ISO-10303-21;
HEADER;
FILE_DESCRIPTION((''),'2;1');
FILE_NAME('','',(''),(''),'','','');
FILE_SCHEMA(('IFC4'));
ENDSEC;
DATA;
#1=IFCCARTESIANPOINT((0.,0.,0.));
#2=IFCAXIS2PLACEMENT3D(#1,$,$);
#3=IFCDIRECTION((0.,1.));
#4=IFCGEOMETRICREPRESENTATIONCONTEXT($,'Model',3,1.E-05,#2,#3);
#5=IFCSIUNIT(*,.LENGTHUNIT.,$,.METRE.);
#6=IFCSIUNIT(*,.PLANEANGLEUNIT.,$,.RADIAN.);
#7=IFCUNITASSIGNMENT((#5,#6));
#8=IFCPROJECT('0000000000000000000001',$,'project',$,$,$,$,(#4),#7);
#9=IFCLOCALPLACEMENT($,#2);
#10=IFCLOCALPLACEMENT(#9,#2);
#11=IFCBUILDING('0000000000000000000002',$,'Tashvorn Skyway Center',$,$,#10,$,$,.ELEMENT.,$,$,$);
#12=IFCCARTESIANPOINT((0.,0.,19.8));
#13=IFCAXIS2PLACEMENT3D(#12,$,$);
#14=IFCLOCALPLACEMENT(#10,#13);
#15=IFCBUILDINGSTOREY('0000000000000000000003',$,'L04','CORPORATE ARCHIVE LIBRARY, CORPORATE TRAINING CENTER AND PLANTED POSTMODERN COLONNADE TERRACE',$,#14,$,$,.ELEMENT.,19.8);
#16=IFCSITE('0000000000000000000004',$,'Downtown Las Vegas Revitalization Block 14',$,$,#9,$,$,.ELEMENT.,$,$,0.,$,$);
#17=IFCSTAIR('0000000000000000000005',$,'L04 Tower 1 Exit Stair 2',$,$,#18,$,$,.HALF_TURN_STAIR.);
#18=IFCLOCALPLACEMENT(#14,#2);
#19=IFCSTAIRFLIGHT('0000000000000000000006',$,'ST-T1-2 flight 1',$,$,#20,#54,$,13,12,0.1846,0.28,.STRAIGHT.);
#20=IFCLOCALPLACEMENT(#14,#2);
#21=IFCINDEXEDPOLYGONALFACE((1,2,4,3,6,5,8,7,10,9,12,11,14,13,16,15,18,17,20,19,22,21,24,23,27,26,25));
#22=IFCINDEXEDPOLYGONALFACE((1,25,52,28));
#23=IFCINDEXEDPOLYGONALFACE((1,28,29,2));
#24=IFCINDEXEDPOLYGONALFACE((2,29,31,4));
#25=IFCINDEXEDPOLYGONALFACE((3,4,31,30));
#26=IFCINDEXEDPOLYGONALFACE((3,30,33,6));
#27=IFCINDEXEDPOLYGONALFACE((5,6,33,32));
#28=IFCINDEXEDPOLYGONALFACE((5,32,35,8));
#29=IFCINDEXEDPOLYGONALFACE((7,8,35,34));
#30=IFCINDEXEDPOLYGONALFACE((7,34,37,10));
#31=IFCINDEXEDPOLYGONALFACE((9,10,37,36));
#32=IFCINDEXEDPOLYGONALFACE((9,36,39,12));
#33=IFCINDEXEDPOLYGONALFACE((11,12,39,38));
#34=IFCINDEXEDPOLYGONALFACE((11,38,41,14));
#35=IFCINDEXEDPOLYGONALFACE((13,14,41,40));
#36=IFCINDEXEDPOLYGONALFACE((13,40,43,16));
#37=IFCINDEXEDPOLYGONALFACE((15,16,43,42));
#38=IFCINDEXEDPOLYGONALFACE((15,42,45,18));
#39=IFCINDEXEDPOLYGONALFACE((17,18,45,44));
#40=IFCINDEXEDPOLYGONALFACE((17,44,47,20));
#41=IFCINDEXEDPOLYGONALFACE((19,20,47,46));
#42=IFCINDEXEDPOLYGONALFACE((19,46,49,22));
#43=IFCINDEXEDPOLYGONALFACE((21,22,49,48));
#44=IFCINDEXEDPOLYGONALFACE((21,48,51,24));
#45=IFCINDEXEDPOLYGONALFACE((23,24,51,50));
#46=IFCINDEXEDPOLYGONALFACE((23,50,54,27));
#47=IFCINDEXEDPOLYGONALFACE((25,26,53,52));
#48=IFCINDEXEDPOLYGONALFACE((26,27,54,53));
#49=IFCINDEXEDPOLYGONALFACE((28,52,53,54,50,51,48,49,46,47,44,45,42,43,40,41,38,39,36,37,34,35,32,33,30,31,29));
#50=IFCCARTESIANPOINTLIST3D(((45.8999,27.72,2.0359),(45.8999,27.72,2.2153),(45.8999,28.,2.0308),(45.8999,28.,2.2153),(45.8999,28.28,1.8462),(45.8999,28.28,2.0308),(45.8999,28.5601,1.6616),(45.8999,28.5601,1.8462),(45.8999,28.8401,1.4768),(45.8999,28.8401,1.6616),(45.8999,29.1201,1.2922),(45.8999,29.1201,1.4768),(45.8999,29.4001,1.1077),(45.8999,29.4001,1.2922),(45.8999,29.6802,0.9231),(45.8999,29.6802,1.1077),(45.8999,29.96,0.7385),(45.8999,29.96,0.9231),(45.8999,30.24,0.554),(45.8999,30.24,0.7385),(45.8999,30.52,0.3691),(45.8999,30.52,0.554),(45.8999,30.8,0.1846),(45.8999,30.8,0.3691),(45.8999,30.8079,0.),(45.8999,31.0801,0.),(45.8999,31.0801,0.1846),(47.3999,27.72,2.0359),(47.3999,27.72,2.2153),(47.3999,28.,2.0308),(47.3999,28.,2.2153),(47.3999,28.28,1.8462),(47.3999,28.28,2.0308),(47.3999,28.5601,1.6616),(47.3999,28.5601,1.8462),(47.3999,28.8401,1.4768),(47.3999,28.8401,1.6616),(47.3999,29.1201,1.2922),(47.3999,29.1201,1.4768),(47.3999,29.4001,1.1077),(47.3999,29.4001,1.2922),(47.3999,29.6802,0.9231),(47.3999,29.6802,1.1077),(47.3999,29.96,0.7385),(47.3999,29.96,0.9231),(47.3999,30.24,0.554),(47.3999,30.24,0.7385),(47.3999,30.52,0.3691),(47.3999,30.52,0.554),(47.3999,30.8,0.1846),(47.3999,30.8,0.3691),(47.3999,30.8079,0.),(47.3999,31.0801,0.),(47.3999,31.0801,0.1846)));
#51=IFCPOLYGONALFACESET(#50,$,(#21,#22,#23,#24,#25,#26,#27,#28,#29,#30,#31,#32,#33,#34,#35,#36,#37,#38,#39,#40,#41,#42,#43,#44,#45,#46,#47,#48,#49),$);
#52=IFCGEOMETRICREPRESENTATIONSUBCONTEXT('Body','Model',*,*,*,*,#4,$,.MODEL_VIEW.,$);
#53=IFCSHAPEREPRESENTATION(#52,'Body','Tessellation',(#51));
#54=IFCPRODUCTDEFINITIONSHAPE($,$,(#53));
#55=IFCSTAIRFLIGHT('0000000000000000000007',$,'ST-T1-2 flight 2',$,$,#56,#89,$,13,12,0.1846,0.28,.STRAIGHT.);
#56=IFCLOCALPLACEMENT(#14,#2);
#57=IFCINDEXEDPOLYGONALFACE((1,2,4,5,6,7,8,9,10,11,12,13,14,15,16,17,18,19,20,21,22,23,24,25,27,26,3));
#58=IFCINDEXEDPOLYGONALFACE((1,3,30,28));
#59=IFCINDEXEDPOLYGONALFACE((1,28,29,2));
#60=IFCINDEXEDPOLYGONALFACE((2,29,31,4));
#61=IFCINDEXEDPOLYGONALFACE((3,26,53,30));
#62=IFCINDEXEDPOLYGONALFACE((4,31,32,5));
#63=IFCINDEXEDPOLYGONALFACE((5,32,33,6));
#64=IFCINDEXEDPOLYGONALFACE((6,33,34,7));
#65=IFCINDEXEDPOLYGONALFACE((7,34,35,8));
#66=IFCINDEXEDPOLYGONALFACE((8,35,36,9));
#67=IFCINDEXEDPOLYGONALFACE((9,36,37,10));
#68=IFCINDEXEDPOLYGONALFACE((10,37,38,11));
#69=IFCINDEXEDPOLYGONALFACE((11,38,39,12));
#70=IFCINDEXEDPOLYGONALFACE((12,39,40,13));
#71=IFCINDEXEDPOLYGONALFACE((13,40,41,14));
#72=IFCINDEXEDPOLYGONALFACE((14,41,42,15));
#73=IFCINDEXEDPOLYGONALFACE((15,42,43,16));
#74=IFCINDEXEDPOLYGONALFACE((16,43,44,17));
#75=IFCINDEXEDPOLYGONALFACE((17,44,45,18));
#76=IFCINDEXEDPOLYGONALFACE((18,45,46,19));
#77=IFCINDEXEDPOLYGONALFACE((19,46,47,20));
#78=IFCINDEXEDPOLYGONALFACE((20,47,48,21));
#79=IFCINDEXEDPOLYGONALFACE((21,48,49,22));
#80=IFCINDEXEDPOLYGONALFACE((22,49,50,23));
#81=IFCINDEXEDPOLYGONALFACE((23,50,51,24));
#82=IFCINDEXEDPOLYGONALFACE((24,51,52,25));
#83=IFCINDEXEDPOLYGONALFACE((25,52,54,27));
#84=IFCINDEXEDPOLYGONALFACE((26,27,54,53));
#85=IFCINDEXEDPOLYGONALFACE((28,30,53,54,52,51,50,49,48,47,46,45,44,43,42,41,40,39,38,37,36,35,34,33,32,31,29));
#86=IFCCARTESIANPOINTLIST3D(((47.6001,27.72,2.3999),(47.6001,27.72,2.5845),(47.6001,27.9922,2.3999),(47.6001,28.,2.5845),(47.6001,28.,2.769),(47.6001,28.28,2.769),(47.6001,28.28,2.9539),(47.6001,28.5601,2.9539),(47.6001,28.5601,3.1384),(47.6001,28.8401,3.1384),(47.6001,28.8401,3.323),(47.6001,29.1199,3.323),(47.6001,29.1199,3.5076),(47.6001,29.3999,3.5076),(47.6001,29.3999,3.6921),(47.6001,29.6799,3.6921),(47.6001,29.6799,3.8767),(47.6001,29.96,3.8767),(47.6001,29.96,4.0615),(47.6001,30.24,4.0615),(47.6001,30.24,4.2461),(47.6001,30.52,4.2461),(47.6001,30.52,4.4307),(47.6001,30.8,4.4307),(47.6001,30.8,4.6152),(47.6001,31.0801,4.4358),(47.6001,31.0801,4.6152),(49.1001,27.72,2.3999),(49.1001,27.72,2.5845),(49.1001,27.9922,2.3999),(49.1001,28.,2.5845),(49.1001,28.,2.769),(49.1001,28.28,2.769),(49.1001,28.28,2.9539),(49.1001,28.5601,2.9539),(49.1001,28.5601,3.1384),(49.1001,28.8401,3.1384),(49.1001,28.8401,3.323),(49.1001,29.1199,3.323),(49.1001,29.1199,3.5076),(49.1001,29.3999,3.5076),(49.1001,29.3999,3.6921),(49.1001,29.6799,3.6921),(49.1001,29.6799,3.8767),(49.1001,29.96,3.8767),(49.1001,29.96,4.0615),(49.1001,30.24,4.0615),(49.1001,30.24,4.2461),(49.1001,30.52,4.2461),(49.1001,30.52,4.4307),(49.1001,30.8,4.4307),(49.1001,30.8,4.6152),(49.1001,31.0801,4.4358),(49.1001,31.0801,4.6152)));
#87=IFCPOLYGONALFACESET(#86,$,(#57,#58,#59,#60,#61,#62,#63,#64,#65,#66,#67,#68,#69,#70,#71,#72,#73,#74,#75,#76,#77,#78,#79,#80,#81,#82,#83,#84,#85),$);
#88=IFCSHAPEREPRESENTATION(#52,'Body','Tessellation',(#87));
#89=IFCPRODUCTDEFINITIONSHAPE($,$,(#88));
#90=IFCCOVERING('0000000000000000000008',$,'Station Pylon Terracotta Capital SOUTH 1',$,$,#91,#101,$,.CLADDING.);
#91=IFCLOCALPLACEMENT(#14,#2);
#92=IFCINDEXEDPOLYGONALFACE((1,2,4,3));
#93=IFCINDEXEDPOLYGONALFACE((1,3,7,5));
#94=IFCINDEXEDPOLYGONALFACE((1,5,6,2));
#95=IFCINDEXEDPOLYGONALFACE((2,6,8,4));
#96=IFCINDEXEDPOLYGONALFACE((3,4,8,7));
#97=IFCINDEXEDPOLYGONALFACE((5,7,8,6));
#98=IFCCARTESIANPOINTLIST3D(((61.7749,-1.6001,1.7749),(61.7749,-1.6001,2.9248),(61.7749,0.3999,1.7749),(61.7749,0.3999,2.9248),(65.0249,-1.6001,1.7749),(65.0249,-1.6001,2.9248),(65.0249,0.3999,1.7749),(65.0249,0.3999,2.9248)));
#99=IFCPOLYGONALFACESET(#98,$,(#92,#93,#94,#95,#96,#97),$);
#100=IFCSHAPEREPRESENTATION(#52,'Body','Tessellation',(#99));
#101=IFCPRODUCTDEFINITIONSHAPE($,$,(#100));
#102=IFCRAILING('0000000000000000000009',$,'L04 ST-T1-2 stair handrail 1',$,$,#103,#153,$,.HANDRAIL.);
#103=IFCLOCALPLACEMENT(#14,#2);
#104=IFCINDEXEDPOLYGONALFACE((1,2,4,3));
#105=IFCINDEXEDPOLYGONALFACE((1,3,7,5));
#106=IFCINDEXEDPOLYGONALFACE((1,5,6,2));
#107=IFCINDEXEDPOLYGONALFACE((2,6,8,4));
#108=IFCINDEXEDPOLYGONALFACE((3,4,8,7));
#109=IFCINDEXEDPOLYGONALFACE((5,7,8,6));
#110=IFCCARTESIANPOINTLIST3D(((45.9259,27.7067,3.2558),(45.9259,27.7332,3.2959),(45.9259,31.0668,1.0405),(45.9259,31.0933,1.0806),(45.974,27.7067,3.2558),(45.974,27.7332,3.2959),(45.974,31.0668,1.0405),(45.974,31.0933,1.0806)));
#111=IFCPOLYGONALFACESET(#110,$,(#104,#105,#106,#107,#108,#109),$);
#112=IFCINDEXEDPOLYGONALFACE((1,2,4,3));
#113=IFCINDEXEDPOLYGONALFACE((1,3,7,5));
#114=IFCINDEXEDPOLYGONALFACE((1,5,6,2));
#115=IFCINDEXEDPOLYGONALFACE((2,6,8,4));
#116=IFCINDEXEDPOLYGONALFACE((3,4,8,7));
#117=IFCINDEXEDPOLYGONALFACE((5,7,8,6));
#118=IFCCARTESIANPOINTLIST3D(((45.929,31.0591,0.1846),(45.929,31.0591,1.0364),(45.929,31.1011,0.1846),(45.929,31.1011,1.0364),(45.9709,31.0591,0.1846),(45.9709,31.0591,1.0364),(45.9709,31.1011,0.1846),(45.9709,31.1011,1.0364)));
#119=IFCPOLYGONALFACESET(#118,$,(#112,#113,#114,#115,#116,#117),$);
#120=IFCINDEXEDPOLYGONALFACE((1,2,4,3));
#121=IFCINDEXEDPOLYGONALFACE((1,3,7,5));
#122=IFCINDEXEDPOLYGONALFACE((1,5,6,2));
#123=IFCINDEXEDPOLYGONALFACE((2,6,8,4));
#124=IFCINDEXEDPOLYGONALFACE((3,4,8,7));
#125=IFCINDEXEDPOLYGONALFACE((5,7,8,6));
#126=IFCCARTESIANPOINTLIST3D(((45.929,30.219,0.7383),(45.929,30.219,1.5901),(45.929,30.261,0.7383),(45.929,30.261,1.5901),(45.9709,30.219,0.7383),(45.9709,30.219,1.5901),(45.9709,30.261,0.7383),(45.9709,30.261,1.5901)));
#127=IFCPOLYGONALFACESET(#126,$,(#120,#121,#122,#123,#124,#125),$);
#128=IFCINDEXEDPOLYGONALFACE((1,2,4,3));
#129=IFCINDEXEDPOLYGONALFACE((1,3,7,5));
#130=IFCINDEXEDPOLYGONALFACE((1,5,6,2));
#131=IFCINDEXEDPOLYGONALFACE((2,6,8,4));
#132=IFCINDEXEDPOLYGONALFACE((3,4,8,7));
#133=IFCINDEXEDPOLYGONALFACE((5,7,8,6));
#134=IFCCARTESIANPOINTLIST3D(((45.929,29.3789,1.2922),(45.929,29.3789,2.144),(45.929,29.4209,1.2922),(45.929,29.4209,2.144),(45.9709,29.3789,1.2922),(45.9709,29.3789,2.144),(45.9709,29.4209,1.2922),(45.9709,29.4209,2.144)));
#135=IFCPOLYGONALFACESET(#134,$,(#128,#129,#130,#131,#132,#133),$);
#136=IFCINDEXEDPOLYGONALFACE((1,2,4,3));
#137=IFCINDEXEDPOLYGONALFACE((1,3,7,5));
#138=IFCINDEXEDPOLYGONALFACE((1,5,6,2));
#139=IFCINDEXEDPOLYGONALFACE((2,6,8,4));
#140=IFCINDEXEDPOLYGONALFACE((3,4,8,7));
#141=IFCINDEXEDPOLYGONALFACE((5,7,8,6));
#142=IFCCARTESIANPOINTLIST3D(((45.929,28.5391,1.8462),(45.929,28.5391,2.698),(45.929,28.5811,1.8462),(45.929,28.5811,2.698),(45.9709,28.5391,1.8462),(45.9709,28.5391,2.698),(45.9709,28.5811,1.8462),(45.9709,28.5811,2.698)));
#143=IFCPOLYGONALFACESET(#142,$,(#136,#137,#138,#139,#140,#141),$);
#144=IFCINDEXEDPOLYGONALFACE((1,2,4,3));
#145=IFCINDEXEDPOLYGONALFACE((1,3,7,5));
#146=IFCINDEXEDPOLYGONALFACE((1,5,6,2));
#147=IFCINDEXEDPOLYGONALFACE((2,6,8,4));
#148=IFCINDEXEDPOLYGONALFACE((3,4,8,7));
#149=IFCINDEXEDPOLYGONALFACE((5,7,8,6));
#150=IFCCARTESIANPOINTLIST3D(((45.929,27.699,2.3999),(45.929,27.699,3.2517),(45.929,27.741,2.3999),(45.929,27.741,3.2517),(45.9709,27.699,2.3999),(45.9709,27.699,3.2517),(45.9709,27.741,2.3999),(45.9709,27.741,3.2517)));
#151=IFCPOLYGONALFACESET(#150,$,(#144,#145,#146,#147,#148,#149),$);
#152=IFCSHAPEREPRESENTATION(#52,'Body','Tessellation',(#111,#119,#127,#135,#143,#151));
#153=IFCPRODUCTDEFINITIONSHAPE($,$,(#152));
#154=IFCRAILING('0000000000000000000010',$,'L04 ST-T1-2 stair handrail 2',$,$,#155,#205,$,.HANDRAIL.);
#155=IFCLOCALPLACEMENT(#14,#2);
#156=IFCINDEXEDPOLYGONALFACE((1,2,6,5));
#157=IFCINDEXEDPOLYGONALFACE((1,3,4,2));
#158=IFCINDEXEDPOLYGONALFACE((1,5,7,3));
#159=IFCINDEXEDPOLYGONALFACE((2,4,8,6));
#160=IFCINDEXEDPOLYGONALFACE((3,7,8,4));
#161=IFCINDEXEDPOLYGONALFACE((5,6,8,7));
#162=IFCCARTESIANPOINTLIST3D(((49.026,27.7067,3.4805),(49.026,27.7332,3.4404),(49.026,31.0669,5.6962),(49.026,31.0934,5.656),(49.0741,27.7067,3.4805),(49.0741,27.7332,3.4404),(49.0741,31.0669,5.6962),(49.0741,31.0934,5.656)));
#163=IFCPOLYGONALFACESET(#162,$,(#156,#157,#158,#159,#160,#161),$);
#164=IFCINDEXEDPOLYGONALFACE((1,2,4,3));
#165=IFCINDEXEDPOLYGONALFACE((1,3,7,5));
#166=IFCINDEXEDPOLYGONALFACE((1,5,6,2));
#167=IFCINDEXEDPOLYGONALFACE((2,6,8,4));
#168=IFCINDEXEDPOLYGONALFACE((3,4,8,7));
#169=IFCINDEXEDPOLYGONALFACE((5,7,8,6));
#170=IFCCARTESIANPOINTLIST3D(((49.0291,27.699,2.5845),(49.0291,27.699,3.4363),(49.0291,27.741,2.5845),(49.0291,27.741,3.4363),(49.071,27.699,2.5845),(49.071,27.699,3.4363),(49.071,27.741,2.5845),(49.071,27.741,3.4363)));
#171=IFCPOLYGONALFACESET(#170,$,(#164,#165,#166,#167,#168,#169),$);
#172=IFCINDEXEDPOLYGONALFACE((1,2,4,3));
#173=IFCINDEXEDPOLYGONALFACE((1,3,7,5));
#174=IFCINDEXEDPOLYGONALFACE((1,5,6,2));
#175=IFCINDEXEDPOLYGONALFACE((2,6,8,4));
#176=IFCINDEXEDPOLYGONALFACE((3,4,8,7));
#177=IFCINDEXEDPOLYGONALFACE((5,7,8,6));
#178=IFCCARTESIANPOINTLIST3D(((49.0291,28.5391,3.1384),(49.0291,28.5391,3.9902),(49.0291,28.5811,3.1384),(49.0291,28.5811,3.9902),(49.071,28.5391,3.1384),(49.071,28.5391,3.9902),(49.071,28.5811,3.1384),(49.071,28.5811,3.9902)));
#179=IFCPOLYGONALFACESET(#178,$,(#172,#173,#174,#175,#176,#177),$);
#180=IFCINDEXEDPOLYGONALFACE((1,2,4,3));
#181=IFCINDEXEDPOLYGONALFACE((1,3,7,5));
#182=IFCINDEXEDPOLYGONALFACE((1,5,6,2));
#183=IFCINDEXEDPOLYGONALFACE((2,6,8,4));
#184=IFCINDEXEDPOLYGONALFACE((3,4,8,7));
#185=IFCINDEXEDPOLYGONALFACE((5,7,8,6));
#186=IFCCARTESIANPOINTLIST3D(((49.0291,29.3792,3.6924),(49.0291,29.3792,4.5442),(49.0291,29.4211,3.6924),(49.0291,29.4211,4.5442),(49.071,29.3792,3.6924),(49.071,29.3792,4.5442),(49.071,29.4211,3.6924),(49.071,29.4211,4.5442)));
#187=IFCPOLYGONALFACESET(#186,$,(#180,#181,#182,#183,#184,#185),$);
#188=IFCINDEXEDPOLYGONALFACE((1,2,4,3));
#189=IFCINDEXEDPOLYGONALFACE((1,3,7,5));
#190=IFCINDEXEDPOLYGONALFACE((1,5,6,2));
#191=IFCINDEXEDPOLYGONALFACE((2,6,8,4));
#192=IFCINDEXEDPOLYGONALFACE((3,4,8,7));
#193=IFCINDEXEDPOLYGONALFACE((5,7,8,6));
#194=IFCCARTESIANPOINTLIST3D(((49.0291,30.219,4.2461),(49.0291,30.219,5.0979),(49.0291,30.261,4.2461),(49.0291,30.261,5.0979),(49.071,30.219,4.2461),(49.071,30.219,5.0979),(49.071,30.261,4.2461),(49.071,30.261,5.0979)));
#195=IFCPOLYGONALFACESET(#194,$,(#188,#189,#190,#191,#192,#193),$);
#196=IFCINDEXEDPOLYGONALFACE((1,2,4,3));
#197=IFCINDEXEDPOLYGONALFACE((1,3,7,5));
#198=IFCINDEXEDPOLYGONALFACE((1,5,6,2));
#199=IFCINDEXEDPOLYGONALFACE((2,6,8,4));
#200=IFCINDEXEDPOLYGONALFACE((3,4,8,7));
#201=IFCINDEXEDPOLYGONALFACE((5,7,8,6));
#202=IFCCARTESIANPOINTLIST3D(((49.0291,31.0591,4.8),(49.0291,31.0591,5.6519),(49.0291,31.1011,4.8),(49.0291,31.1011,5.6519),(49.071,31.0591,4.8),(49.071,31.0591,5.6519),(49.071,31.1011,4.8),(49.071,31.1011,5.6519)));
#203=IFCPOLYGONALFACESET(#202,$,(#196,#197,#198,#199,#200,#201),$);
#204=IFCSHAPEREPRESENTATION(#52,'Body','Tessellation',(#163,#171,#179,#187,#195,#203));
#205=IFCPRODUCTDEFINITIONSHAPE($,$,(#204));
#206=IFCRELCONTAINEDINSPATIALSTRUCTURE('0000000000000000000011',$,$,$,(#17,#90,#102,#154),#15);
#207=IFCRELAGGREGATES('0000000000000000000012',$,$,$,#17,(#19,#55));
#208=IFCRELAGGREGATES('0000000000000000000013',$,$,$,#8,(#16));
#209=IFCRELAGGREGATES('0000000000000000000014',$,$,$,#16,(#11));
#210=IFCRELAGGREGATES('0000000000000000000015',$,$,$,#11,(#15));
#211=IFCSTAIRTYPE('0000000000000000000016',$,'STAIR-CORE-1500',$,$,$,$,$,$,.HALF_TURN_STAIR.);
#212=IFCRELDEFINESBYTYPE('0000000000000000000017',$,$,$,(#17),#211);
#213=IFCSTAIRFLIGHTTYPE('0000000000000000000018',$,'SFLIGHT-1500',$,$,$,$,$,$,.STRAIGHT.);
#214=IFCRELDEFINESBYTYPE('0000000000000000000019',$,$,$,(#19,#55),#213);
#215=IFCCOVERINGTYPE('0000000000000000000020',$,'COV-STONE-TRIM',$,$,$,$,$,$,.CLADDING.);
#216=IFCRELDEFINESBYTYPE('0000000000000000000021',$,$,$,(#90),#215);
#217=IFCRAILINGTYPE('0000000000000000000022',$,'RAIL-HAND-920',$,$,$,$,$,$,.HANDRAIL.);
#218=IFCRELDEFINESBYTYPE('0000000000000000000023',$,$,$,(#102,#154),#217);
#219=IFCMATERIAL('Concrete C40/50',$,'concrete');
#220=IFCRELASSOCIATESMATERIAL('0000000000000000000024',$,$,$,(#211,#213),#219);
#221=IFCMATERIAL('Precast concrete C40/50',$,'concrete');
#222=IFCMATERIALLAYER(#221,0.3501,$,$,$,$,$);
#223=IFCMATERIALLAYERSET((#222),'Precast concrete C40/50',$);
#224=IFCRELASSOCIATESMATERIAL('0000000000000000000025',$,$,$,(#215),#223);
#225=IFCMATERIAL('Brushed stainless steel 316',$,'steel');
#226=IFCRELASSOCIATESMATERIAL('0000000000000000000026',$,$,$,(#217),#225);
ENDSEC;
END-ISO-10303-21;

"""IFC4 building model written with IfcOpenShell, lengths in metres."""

from ifc_helpers import new_model, si_unit, direction, frame, origin, origin_2d, place, context, subcontext, project, spatial, polyline, rectangle, outline, extrude, material, layer, layer_set, type_object, element, aggregate, save


model = new_model("IFC4")

# Units and contexts
model_context = context("Model", 3, precision=1e-05, world=origin(), true_north=direction((0.0, 1.0)))
body_context = subcontext(model_context, "Body", "Model", "MODEL_VIEW")
ifc_project = project(units=[si_unit("LENGTHUNIT", "METRE"), si_unit("PLANEANGLEUNIT", "RADIAN")], contexts=[model_context])

# Site, building, storey
site_placement = place(None, origin())
site = spatial("IfcSite", under=ifc_project, at=site_placement, Name="Downtown Las Vegas Revitalization Block 14", CompositionType="ELEMENT", RefElevation=0.0)
building_placement = place(site_placement, origin())
building = spatial("IfcBuilding", under=site, at=building_placement, Name="Tashvorn Skyway Center", CompositionType="ELEMENT")
storey_placement = place(building_placement, frame((0.0, 0.0, 19.8)))
storey = spatial("IfcBuildingStorey", under=building, at=storey_placement, Name="L04", Description="CORPORATE ARCHIVE LIBRARY, CORPORATE TRAINING CENTER AND PLANTED POSTMODERN COLONNADE TERRACE", CompositionType="ELEMENT", Elevation=19.8)

# Shared definitions
ifc_material_1 = material(Name="Concrete C40/50", Category="concrete")

# Stair, stair flights
stair_type = type_object("IfcStairType", Name="STAIR-CORE-1500", PredefinedType="HALF_TURN_STAIR", material=ifc_material_1)
stair_placement = place(storey_placement, origin())
stair = element("IfcStair", 1, at=stair_placement, inside=storey, type_object=stair_type, Name="L04 Tower 1 Exit Stair 2", PredefinedType="HALF_TURN_STAIR")
stair_flight_type = type_object("IfcStairFlightType", Name="SFLIGHT-1500", PredefinedType="STRAIGHT", material=ifc_material_1)
stair_flight_1_placement = place(storey_placement, frame((46.6499, 31.0801, 0.0), z_axis=(0.0, 0.0, 1.0), x_axis=(0.0, -1.0, 0.0)))
stair_flight_1 = element("IfcStairFlight", 2, at=stair_flight_1_placement, type_object=stair_flight_type, Name="ST-T1-2 flight 1", NumberOfRisers=13, NumberOfTreads=12, PredefinedType="STRAIGHT", RiserHeight=0.1846, TreadLength=0.28, context=body_context, shape_type="SweptSolid", body=[
    extrude(outline(polyline([(0.0, 0.0), (0.0, 0.1846), (0.28, 0.1846), (0.28, 0.3691), (0.5601, 0.3691), (0.5601, 0.554), (0.8401, 0.554), (0.8401, 0.7385), (1.1201, 0.7385), (1.1201, 0.9231), (1.3999, 0.9231), (1.3999, 1.1077), (1.6799, 1.1077), (1.6799, 1.2922), (1.96, 1.2922), (1.96, 1.4768), (2.24, 1.4768), (2.24, 1.6616), (2.52, 1.6616), (2.52, 1.8462), (2.8, 1.8462), (2.8, 2.0308), (3.0801, 2.0308), (3.0801, 2.2153), (3.3601, 2.2153), (3.3601, 2.3999), (3.3601, 2.0359), (0.2722, 0.0), (0.0, 0.0)])), frame((0.0, 0.75, 0.0), z_axis=(0.0, -1.0, 0.0), x_axis=(1.0, 0.0, 0.0)), (0.0, 0.0, 1.0), 1.5),
])
stair_flight_2_placement = place(storey_placement, frame((48.3501, 27.72, 2.3999), z_axis=(0.0, 0.0, 1.0), x_axis=(0.0, 1.0, 0.0)))
stair_flight_2 = element("IfcStairFlight", 3, at=stair_flight_2_placement, type_object=stair_flight_type, Name="ST-T1-2 flight 2", NumberOfRisers=13, NumberOfTreads=12, PredefinedType="STRAIGHT", RiserHeight=0.1846, TreadLength=0.28, context=body_context, shape_type="SweptSolid", body=[
    extrude(outline(polyline([(0.0, 0.0), (0.0, 0.1846), (0.28, 0.1846), (0.28, 0.3691), (0.5601, 0.3691), (0.5601, 0.554), (0.8401, 0.554), (0.8401, 0.7385), (1.1201, 0.7385), (1.1201, 0.9231), (1.3999, 0.9231), (1.3999, 1.1077), (1.6799, 1.1077), (1.6799, 1.2922), (1.96, 1.2922), (1.96, 1.4768), (2.24, 1.4768), (2.24, 1.6616), (2.52, 1.6616), (2.52, 1.8462), (2.8, 1.8462), (2.8, 2.0308), (3.0801, 2.0308), (3.0801, 2.2153), (3.3601, 2.2153), (3.3601, 2.3999), (3.3601, 2.0359), (0.2722, 0.0), (0.0, 0.0)])), frame((0.0, 0.75, 0.0), z_axis=(0.0, -1.0, 0.0), x_axis=(1.0, 0.0, 0.0)), (0.0, 0.0, 1.0), 1.5),
])
aggregate(stair, [stair_flight_1, stair_flight_2])

# Covering
ifc_material_2 = material(Name="Precast concrete C40/50", Category="concrete")
ifc_layer_1 = layer(ifc_material_2, 0.3501)
ifc_layer_set_1 = layer_set([ifc_layer_1], Name="Precast concrete C40/50")
covering_type = type_object("IfcCoveringType", Name="COV-STONE-TRIM", PredefinedType="CLADDING", material=ifc_layer_set_1)
covering_placement = place(storey_placement, frame((63.3999, -0.6001, 1.7749), z_axis=(0.0, 0.0, 1.0), x_axis=(1.0, 0.0, 0.0)))
element("IfcCovering", 4, at=covering_placement, inside=storey, type_object=covering_type, Name="Station Pylon Terracotta Capital SOUTH 1", PredefinedType="CLADDING", context=body_context, shape_type="SweptSolid", body=[
    extrude(rectangle(XDim=3.25, YDim=2.0, at=origin_2d()), origin(), (0.0, 0.0, 1.0), 1.1499),
])

# Railings
ifc_material_3 = material(Name="Brushed stainless steel 316", Category="steel")
railing_type_1 = type_object("IfcRailingType", Name="RAIL-HAND-920", PredefinedType="HANDRAIL", material=ifc_material_3)
railing_1_placement = place(storey_placement, frame((45.95, 31.0801, 0.1846)))
element("IfcRailing", 5, at=railing_1_placement, inside=storey, type_object=railing_type_1, Name="L04 ST-T1-2 stair handrail 1", PredefinedType="HANDRAIL", context=body_context, shape_type="SweptSolid", body=[
    extrude(rectangle(XDim=0.0481, YDim=0.0481, at=origin_2d()), frame((0.0, 0.0, 0.876), z_axis=(0.0, -0.834876, 0.550437), x_axis=(1.0, 0.0, 0.0)), (0.0, 0.0, 1.0), 4.0247),
    extrude(rectangle(XDim=0.042, YDim=0.042, at=origin_2d()), origin(), (0.0, 0.0, 1.0), 0.8518),
    extrude(rectangle(XDim=0.042, YDim=0.042, at=origin_2d()), frame((0.0, -0.8401, 0.5537)), (0.0, 0.0, 1.0), 0.8518),
    extrude(rectangle(XDim=0.042, YDim=0.042, at=origin_2d()), frame((0.0, -1.6802, 1.1077)), (0.0, 0.0, 1.0), 0.8518),
    extrude(rectangle(XDim=0.042, YDim=0.042, at=origin_2d()), frame((0.0, -2.52, 1.6616)), (0.0, 0.0, 1.0), 0.8518),
    extrude(rectangle(XDim=0.042, YDim=0.042, at=origin_2d()), frame((0.0, -3.3601, 2.2153)), (0.0, 0.0, 1.0), 0.8518),
])
railing_2_placement = place(storey_placement, frame((49.05, 27.72, 2.5845)))
element("IfcRailing", 6, at=railing_2_placement, inside=storey, type_object=railing_type_1, Name="L04 ST-T1-2 stair handrail 2", PredefinedType="HANDRAIL", context=body_context, shape_type="SweptSolid", body=[
    extrude(rectangle(XDim=0.0481, YDim=0.0481, at=origin_2d()), frame((0.0, 0.0, 0.876), z_axis=(0.0, 0.834849, 0.55048), x_axis=(-1.0, 0.0, 0.0)), (0.0, 0.0, 1.0), 4.0249),
    extrude(rectangle(XDim=0.042, YDim=0.042, at=origin_2d()), origin(), (0.0, 0.0, 1.0), 0.8518),
    extrude(rectangle(XDim=0.042, YDim=0.042, at=origin_2d()), frame((0.0, 0.8401, 0.554)), (0.0, 0.0, 1.0), 0.8518),
    extrude(rectangle(XDim=0.042, YDim=0.042, at=origin_2d()), frame((0.0, 1.6802, 1.1079)), (0.0, 0.0, 1.0), 0.8518),
    extrude(rectangle(XDim=0.042, YDim=0.042, at=origin_2d()), frame((0.0, 2.52, 1.6616)), (0.0, 0.0, 1.0), 0.8518),
    extrude(rectangle(XDim=0.042, YDim=0.042, at=origin_2d()), frame((0.0, 3.3601, 2.2156)), (0.0, 0.0, 1.0), 0.8518),
])

save(model, "model.ifc")
